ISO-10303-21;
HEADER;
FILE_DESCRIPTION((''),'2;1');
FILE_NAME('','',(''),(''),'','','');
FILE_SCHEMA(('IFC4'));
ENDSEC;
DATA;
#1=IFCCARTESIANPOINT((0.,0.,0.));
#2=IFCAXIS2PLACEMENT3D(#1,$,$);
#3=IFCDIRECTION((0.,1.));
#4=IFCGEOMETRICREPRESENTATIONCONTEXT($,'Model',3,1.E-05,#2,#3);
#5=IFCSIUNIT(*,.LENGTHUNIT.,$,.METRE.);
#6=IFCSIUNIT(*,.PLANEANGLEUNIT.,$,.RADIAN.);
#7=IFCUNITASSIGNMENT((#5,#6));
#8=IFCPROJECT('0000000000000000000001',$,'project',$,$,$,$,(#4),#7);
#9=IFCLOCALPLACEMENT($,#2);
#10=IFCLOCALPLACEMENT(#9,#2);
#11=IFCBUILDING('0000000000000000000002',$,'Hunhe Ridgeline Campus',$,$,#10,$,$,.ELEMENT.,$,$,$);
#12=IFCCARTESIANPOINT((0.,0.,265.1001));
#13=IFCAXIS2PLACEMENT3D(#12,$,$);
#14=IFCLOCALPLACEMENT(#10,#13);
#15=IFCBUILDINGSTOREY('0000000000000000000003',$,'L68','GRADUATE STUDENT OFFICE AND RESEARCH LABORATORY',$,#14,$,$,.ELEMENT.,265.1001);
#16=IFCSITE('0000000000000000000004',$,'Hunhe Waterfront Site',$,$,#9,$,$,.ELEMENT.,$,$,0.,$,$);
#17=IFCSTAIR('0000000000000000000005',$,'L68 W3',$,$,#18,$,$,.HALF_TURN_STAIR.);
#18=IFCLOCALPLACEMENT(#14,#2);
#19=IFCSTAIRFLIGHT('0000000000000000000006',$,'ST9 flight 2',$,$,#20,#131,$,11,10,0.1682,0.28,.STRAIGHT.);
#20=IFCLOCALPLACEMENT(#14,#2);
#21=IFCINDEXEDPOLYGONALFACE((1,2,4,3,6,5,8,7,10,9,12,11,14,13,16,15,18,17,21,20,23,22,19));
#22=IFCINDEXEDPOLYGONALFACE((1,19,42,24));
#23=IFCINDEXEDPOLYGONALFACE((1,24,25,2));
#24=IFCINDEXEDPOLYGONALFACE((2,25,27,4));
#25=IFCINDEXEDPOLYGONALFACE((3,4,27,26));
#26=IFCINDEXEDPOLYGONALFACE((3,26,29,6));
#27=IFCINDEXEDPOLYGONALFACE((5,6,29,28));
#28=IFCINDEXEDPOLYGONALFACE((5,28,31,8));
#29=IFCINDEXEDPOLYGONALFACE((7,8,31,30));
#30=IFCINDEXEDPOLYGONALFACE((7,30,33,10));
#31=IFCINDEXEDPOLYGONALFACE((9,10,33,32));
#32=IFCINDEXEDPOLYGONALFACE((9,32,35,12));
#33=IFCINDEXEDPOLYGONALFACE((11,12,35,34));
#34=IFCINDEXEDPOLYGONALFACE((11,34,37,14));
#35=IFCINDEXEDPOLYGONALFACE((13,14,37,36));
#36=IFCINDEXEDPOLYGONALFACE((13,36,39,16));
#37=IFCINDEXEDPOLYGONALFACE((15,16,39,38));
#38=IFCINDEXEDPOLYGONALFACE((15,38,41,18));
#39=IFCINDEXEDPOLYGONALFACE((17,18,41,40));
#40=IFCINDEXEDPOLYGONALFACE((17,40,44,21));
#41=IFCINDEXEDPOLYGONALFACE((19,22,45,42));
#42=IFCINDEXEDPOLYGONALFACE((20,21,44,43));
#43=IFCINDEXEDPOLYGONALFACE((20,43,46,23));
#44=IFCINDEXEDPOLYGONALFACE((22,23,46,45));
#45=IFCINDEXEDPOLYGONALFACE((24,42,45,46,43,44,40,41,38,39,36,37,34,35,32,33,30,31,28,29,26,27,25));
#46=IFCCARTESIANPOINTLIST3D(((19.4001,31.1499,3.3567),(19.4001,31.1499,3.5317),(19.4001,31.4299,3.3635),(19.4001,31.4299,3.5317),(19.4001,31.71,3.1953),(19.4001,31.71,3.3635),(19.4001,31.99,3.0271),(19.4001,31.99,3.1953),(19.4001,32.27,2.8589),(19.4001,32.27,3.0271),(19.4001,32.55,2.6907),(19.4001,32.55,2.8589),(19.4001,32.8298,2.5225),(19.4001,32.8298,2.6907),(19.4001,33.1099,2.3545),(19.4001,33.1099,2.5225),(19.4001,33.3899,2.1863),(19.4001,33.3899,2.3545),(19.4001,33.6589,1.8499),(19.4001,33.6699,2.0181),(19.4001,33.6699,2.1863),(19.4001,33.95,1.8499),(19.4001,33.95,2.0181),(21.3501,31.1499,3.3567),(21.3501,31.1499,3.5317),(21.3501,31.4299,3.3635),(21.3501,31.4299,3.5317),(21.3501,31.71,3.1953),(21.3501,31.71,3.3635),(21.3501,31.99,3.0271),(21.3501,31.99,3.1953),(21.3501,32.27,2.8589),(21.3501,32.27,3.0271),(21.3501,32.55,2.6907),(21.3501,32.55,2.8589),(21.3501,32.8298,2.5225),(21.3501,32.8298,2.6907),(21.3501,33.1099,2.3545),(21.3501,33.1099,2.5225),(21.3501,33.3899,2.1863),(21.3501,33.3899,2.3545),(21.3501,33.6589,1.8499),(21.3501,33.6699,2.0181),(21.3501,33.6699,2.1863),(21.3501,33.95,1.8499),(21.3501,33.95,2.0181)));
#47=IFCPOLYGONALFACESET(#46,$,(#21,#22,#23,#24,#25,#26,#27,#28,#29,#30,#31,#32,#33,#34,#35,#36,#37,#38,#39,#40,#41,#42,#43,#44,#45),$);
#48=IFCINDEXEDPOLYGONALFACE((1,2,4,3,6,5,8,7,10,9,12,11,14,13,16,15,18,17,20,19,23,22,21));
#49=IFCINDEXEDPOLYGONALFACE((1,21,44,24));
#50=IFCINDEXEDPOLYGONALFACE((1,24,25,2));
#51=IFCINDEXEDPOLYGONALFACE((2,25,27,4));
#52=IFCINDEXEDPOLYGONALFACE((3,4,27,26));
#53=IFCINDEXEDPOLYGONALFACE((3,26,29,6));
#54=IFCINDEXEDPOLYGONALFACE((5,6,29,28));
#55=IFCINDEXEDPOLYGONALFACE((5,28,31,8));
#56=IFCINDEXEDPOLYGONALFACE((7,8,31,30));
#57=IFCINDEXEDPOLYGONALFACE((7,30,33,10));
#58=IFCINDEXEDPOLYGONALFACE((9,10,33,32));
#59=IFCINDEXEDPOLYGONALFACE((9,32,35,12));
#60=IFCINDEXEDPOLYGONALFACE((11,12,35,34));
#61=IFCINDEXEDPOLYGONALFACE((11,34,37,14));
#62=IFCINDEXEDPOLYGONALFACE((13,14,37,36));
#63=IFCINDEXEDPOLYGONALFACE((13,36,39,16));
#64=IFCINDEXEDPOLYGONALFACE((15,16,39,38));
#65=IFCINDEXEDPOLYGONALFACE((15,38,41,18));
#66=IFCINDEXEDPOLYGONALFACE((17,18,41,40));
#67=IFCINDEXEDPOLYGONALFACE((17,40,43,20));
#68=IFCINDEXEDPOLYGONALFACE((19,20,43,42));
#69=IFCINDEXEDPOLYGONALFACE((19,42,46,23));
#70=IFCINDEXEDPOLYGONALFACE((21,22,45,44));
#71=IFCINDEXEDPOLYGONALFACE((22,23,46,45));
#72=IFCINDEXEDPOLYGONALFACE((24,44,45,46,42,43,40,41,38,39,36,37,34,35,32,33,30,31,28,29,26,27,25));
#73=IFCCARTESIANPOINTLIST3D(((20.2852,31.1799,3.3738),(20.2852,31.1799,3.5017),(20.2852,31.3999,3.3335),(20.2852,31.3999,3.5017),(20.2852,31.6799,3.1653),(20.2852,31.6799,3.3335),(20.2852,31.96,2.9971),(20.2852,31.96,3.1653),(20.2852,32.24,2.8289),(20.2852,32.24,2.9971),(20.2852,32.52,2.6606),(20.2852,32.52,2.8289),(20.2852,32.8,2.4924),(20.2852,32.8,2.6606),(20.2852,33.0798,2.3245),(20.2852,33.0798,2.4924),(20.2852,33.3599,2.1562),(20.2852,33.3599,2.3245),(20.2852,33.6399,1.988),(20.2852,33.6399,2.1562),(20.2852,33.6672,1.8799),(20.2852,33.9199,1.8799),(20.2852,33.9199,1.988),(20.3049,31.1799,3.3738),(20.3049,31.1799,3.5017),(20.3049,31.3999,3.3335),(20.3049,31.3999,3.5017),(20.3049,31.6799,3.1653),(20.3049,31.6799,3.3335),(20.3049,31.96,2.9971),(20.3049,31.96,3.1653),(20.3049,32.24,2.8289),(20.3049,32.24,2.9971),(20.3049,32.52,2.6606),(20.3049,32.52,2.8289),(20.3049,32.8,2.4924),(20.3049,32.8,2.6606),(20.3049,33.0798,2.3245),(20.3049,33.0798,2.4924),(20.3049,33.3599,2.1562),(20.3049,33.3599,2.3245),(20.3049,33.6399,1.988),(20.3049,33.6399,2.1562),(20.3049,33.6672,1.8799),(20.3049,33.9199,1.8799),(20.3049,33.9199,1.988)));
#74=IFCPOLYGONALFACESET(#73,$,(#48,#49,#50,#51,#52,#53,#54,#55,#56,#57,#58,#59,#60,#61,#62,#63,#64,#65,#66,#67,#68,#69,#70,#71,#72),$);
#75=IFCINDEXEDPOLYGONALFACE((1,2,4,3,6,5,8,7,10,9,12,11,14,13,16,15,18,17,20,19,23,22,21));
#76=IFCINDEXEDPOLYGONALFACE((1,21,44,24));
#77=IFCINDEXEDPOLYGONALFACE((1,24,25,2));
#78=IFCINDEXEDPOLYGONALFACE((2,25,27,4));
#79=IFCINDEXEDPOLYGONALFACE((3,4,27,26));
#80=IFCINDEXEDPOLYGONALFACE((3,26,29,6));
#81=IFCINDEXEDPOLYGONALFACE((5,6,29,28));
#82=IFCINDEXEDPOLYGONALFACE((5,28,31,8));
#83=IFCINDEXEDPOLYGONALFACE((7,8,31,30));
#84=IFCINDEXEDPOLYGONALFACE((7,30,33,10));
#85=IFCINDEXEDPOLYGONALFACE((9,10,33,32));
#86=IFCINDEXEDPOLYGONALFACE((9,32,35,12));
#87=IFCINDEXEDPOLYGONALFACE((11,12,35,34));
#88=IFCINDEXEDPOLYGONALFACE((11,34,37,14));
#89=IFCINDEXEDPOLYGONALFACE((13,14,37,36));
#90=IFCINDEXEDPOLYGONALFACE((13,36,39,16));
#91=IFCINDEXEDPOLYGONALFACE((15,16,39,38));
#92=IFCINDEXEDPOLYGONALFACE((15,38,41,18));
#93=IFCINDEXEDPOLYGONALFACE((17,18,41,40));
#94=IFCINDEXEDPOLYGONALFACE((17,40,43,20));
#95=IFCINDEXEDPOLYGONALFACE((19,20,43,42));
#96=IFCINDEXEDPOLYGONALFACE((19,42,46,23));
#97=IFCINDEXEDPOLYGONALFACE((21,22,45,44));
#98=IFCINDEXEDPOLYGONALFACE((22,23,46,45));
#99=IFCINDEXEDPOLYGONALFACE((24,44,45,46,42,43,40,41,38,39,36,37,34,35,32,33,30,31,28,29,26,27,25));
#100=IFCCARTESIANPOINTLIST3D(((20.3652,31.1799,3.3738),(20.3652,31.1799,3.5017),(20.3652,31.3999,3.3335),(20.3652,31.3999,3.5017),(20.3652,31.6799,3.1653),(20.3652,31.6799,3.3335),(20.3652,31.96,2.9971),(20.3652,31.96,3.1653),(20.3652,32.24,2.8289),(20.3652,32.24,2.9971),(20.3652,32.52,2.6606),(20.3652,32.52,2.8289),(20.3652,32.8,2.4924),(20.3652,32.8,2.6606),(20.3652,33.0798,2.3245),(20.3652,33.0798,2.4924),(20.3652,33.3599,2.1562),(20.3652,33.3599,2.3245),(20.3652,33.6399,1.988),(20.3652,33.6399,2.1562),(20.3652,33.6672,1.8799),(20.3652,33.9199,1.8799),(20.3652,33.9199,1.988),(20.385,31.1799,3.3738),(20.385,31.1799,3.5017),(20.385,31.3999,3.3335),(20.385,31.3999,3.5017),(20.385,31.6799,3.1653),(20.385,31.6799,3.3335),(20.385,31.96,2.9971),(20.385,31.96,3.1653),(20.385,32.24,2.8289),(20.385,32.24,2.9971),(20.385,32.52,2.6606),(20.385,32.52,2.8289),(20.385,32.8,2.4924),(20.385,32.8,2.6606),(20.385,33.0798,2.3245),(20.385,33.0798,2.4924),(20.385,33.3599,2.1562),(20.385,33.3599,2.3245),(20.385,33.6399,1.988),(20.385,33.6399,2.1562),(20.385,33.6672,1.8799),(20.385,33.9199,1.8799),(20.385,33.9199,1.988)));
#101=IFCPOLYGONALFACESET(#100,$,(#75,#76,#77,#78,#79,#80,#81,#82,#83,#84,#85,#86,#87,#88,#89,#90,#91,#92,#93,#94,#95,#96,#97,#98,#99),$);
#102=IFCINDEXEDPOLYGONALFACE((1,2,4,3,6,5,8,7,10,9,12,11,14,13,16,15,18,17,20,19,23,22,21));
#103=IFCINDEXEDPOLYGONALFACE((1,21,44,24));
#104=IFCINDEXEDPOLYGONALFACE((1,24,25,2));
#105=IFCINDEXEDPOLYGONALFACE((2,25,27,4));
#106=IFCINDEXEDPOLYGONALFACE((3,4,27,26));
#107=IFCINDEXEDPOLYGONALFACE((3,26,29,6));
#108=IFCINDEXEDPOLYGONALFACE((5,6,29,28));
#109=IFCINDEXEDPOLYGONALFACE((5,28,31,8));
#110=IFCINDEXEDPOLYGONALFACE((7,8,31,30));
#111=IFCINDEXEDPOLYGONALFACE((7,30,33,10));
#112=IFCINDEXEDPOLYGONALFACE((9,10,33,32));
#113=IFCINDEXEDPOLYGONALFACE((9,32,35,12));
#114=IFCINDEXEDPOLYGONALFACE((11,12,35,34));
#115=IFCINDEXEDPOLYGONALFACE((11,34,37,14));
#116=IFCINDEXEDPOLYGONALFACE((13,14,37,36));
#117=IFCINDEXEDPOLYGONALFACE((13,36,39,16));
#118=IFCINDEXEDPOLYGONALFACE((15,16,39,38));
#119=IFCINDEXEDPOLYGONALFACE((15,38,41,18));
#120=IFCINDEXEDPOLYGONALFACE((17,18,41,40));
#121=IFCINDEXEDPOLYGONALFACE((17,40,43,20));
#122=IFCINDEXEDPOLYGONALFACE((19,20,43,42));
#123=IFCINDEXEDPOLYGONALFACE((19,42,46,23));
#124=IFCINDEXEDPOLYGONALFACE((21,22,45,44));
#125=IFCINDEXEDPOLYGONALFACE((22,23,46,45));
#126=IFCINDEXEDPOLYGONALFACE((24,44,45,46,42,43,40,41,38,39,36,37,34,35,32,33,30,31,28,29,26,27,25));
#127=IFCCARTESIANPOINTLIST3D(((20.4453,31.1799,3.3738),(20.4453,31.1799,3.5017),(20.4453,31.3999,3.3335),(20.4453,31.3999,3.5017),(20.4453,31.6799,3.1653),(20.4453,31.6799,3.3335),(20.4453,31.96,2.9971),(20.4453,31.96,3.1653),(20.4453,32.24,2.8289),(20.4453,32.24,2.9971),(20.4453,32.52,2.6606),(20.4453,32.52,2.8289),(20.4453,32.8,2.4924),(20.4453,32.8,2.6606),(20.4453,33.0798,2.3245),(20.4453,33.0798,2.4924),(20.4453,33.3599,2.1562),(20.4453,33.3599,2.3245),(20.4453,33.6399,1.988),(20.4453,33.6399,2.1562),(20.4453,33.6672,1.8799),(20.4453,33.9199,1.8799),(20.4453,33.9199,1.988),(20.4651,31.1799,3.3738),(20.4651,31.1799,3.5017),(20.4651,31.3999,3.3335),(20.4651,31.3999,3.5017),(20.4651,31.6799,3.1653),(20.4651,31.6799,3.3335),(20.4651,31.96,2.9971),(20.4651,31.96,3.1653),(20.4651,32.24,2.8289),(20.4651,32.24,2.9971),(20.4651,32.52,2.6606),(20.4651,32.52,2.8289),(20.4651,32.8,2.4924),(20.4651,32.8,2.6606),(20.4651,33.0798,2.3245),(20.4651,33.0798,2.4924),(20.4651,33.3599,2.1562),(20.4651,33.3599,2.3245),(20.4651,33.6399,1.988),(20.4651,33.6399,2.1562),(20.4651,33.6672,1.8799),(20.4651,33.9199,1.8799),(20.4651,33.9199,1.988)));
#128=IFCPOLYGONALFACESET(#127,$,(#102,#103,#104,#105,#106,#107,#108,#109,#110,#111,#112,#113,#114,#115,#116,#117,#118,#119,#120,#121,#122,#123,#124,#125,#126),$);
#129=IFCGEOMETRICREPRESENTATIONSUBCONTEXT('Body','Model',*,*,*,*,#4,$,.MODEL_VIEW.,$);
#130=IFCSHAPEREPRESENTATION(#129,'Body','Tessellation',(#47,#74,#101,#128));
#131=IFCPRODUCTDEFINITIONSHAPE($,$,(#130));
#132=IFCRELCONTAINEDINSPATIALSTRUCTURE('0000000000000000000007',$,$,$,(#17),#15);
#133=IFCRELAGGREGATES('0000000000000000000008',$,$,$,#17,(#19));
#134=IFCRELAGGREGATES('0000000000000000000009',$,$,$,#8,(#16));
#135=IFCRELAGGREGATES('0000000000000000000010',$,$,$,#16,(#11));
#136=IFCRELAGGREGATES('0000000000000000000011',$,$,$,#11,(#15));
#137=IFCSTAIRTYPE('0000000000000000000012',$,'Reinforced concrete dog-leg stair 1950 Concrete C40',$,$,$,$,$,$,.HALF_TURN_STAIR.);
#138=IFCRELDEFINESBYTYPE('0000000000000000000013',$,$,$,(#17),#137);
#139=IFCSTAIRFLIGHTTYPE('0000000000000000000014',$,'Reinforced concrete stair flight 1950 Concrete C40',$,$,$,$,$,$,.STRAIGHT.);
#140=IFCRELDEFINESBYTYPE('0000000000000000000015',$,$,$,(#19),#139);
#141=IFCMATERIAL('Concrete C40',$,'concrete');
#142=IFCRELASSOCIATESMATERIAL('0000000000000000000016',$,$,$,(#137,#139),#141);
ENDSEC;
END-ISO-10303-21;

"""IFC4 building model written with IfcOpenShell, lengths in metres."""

from ifc_helpers import new_model, si_unit, direction, frame, origin, place, context, subcontext, project, spatial, polyline, outline, extrude, material, type_object, element, aggregate, save


model = new_model("IFC4")

# Units and contexts
model_context = context("Model", 3, precision=1e-05, world=origin(), true_north=direction((0.0, 1.0)))
body_context = subcontext(model_context, "Body", "Model", "MODEL_VIEW")
ifc_project = project(units=[si_unit("LENGTHUNIT", "METRE"), si_unit("PLANEANGLEUNIT", "RADIAN")], contexts=[model_context])

# Site, building, storey
site_placement = place(None, origin())
site = spatial("IfcSite", under=ifc_project, at=site_placement, Name="Hunhe Waterfront Site", CompositionType="ELEMENT", RefElevation=0.0)
building_placement = place(site_placement, origin())
building = spatial("IfcBuilding", under=site, at=building_placement, Name="Hunhe Ridgeline Campus", CompositionType="ELEMENT")
storey_placement = place(building_placement, frame((0.0, 0.0, 265.1001)))
storey = spatial("IfcBuildingStorey", under=building, at=storey_placement, Name="L68", Description="GRADUATE STUDENT OFFICE AND RESEARCH LABORATORY", CompositionType="ELEMENT", Elevation=265.1001)

# Stair, stair flight
ifc_material_1 = material(Name="Concrete C40", Category="concrete")
stair_type = type_object("IfcStairType", Name="Reinforced concrete dog-leg stair 1950 Concrete C40", PredefinedType="HALF_TURN_STAIR", material=ifc_material_1)
stair_placement = place(storey_placement, origin())
stair = element("IfcStair", 1, at=stair_placement, inside=storey, type_object=stair_type, Name="L68 W3", PredefinedType="HALF_TURN_STAIR")
stair_flight_type = type_object("IfcStairFlightType", Name="Reinforced concrete stair flight 1950 Concrete C40", PredefinedType="STRAIGHT", material=ifc_material_1)
stair_flight_placement = place(storey_placement, frame((20.375, 33.95, 1.8499), z_axis=(0.0, 0.0, 1.0), x_axis=(0.0, -1.0, 0.0)))
stair_flight = element("IfcStairFlight", 2, at=stair_flight_placement, type_object=stair_flight_type, Name="ST9 flight 2", NumberOfRisers=11, NumberOfTreads=10, PredefinedType="STRAIGHT", RiserHeight=0.1682, TreadLength=0.28, context=body_context, shape_type="SweptSolid", body=[
    extrude(outline(polyline([(0.0, 0.0), (0.0, 0.1682), (0.28, 0.1682), (0.28, 0.3364), (0.5601, 0.3364), (0.5601, 0.5046), (0.8401, 0.5046), (0.8401, 0.6726), (1.1201, 0.6726), (1.1201, 0.8408), (1.3999, 0.8408), (1.3999, 1.009), (1.6799, 1.009), (1.6799, 1.1772), (1.96, 1.1772), (1.96, 1.3455), (2.24, 1.3455), (2.24, 1.5137), (2.52, 1.5137), (2.52, 1.6819), (2.8, 1.6819), (2.8, 1.8501), (2.8, 1.5068), (0.291, 0.0), (0.0, 0.0)])), frame((0.0, 0.9751, 0.0), z_axis=(0.0, -1.0, 0.0), x_axis=(1.0, 0.0, 0.0)), (0.0, 0.0, 1.0), 1.95),
    extrude(outline(polyline([(0.03, 0.03), (0.03, 0.1382), (0.3101, 0.1382), (0.3101, 0.3064), (0.5901, 0.3064), (0.5901, 0.4746), (0.8701, 0.4746), (0.8701, 0.6426), (1.1499, 0.6426), (1.1499, 0.8108), (1.4299, 0.8108), (1.4299, 0.979), (1.71, 0.979), (1.71, 1.1472), (1.99, 1.1472), (1.99, 1.3154), (2.27, 1.3154), (2.27, 1.4836), (2.55, 1.4836), (2.55, 1.6519), (2.77, 1.6519), (2.77, 1.5239), (0.2827, 0.03), (0.03, 0.03)])), frame((0.0, -0.0701, 0.0), z_axis=(0.0, -1.0, 0.0), x_axis=(1.0, 0.0, 0.0)), (0.0, 0.0, 1.0), 0.0198),
    extrude(outline(polyline([(0.03, 0.03), (0.03, 0.1382), (0.3101, 0.1382), (0.3101, 0.3064), (0.5901, 0.3064), (0.5901, 0.4746), (0.8701, 0.4746), (0.8701, 0.6426), (1.1499, 0.6426), (1.1499, 0.8108), (1.4299, 0.8108), (1.4299, 0.979), (1.71, 0.979), (1.71, 1.1472), (1.99, 1.1472), (1.99, 1.3154), (2.27, 1.3154), (2.27, 1.4836), (2.55, 1.4836), (2.55, 1.6519), (2.77, 1.6519), (2.77, 1.5239), (0.2827, 0.03), (0.03, 0.03)])), frame((0.0, 0.01, 0.0), z_axis=(0.0, -1.0, 0.0), x_axis=(1.0, 0.0, 0.0)), (0.0, 0.0, 1.0), 0.0198),
    extrude(outline(polyline([(0.03, 0.03), (0.03, 0.1382), (0.3101, 0.1382), (0.3101, 0.3064), (0.5901, 0.3064), (0.5901, 0.4746), (0.8701, 0.4746), (0.8701, 0.6426), (1.1499, 0.6426), (1.1499, 0.8108), (1.4299, 0.8108), (1.4299, 0.979), (1.71, 0.979), (1.71, 1.1472), (1.99, 1.1472), (1.99, 1.3154), (2.27, 1.3154), (2.27, 1.4836), (2.55, 1.4836), (2.55, 1.6519), (2.77, 1.6519), (2.77, 1.5239), (0.2827, 0.03), (0.03, 0.03)])), frame((0.0, 0.0901, 0.0), z_axis=(0.0, -1.0, 0.0), x_axis=(1.0, 0.0, 0.0)), (0.0, 0.0, 1.0), 0.0198),
])
aggregate(stair, [stair_flight])

save(model, "model.ifc")
